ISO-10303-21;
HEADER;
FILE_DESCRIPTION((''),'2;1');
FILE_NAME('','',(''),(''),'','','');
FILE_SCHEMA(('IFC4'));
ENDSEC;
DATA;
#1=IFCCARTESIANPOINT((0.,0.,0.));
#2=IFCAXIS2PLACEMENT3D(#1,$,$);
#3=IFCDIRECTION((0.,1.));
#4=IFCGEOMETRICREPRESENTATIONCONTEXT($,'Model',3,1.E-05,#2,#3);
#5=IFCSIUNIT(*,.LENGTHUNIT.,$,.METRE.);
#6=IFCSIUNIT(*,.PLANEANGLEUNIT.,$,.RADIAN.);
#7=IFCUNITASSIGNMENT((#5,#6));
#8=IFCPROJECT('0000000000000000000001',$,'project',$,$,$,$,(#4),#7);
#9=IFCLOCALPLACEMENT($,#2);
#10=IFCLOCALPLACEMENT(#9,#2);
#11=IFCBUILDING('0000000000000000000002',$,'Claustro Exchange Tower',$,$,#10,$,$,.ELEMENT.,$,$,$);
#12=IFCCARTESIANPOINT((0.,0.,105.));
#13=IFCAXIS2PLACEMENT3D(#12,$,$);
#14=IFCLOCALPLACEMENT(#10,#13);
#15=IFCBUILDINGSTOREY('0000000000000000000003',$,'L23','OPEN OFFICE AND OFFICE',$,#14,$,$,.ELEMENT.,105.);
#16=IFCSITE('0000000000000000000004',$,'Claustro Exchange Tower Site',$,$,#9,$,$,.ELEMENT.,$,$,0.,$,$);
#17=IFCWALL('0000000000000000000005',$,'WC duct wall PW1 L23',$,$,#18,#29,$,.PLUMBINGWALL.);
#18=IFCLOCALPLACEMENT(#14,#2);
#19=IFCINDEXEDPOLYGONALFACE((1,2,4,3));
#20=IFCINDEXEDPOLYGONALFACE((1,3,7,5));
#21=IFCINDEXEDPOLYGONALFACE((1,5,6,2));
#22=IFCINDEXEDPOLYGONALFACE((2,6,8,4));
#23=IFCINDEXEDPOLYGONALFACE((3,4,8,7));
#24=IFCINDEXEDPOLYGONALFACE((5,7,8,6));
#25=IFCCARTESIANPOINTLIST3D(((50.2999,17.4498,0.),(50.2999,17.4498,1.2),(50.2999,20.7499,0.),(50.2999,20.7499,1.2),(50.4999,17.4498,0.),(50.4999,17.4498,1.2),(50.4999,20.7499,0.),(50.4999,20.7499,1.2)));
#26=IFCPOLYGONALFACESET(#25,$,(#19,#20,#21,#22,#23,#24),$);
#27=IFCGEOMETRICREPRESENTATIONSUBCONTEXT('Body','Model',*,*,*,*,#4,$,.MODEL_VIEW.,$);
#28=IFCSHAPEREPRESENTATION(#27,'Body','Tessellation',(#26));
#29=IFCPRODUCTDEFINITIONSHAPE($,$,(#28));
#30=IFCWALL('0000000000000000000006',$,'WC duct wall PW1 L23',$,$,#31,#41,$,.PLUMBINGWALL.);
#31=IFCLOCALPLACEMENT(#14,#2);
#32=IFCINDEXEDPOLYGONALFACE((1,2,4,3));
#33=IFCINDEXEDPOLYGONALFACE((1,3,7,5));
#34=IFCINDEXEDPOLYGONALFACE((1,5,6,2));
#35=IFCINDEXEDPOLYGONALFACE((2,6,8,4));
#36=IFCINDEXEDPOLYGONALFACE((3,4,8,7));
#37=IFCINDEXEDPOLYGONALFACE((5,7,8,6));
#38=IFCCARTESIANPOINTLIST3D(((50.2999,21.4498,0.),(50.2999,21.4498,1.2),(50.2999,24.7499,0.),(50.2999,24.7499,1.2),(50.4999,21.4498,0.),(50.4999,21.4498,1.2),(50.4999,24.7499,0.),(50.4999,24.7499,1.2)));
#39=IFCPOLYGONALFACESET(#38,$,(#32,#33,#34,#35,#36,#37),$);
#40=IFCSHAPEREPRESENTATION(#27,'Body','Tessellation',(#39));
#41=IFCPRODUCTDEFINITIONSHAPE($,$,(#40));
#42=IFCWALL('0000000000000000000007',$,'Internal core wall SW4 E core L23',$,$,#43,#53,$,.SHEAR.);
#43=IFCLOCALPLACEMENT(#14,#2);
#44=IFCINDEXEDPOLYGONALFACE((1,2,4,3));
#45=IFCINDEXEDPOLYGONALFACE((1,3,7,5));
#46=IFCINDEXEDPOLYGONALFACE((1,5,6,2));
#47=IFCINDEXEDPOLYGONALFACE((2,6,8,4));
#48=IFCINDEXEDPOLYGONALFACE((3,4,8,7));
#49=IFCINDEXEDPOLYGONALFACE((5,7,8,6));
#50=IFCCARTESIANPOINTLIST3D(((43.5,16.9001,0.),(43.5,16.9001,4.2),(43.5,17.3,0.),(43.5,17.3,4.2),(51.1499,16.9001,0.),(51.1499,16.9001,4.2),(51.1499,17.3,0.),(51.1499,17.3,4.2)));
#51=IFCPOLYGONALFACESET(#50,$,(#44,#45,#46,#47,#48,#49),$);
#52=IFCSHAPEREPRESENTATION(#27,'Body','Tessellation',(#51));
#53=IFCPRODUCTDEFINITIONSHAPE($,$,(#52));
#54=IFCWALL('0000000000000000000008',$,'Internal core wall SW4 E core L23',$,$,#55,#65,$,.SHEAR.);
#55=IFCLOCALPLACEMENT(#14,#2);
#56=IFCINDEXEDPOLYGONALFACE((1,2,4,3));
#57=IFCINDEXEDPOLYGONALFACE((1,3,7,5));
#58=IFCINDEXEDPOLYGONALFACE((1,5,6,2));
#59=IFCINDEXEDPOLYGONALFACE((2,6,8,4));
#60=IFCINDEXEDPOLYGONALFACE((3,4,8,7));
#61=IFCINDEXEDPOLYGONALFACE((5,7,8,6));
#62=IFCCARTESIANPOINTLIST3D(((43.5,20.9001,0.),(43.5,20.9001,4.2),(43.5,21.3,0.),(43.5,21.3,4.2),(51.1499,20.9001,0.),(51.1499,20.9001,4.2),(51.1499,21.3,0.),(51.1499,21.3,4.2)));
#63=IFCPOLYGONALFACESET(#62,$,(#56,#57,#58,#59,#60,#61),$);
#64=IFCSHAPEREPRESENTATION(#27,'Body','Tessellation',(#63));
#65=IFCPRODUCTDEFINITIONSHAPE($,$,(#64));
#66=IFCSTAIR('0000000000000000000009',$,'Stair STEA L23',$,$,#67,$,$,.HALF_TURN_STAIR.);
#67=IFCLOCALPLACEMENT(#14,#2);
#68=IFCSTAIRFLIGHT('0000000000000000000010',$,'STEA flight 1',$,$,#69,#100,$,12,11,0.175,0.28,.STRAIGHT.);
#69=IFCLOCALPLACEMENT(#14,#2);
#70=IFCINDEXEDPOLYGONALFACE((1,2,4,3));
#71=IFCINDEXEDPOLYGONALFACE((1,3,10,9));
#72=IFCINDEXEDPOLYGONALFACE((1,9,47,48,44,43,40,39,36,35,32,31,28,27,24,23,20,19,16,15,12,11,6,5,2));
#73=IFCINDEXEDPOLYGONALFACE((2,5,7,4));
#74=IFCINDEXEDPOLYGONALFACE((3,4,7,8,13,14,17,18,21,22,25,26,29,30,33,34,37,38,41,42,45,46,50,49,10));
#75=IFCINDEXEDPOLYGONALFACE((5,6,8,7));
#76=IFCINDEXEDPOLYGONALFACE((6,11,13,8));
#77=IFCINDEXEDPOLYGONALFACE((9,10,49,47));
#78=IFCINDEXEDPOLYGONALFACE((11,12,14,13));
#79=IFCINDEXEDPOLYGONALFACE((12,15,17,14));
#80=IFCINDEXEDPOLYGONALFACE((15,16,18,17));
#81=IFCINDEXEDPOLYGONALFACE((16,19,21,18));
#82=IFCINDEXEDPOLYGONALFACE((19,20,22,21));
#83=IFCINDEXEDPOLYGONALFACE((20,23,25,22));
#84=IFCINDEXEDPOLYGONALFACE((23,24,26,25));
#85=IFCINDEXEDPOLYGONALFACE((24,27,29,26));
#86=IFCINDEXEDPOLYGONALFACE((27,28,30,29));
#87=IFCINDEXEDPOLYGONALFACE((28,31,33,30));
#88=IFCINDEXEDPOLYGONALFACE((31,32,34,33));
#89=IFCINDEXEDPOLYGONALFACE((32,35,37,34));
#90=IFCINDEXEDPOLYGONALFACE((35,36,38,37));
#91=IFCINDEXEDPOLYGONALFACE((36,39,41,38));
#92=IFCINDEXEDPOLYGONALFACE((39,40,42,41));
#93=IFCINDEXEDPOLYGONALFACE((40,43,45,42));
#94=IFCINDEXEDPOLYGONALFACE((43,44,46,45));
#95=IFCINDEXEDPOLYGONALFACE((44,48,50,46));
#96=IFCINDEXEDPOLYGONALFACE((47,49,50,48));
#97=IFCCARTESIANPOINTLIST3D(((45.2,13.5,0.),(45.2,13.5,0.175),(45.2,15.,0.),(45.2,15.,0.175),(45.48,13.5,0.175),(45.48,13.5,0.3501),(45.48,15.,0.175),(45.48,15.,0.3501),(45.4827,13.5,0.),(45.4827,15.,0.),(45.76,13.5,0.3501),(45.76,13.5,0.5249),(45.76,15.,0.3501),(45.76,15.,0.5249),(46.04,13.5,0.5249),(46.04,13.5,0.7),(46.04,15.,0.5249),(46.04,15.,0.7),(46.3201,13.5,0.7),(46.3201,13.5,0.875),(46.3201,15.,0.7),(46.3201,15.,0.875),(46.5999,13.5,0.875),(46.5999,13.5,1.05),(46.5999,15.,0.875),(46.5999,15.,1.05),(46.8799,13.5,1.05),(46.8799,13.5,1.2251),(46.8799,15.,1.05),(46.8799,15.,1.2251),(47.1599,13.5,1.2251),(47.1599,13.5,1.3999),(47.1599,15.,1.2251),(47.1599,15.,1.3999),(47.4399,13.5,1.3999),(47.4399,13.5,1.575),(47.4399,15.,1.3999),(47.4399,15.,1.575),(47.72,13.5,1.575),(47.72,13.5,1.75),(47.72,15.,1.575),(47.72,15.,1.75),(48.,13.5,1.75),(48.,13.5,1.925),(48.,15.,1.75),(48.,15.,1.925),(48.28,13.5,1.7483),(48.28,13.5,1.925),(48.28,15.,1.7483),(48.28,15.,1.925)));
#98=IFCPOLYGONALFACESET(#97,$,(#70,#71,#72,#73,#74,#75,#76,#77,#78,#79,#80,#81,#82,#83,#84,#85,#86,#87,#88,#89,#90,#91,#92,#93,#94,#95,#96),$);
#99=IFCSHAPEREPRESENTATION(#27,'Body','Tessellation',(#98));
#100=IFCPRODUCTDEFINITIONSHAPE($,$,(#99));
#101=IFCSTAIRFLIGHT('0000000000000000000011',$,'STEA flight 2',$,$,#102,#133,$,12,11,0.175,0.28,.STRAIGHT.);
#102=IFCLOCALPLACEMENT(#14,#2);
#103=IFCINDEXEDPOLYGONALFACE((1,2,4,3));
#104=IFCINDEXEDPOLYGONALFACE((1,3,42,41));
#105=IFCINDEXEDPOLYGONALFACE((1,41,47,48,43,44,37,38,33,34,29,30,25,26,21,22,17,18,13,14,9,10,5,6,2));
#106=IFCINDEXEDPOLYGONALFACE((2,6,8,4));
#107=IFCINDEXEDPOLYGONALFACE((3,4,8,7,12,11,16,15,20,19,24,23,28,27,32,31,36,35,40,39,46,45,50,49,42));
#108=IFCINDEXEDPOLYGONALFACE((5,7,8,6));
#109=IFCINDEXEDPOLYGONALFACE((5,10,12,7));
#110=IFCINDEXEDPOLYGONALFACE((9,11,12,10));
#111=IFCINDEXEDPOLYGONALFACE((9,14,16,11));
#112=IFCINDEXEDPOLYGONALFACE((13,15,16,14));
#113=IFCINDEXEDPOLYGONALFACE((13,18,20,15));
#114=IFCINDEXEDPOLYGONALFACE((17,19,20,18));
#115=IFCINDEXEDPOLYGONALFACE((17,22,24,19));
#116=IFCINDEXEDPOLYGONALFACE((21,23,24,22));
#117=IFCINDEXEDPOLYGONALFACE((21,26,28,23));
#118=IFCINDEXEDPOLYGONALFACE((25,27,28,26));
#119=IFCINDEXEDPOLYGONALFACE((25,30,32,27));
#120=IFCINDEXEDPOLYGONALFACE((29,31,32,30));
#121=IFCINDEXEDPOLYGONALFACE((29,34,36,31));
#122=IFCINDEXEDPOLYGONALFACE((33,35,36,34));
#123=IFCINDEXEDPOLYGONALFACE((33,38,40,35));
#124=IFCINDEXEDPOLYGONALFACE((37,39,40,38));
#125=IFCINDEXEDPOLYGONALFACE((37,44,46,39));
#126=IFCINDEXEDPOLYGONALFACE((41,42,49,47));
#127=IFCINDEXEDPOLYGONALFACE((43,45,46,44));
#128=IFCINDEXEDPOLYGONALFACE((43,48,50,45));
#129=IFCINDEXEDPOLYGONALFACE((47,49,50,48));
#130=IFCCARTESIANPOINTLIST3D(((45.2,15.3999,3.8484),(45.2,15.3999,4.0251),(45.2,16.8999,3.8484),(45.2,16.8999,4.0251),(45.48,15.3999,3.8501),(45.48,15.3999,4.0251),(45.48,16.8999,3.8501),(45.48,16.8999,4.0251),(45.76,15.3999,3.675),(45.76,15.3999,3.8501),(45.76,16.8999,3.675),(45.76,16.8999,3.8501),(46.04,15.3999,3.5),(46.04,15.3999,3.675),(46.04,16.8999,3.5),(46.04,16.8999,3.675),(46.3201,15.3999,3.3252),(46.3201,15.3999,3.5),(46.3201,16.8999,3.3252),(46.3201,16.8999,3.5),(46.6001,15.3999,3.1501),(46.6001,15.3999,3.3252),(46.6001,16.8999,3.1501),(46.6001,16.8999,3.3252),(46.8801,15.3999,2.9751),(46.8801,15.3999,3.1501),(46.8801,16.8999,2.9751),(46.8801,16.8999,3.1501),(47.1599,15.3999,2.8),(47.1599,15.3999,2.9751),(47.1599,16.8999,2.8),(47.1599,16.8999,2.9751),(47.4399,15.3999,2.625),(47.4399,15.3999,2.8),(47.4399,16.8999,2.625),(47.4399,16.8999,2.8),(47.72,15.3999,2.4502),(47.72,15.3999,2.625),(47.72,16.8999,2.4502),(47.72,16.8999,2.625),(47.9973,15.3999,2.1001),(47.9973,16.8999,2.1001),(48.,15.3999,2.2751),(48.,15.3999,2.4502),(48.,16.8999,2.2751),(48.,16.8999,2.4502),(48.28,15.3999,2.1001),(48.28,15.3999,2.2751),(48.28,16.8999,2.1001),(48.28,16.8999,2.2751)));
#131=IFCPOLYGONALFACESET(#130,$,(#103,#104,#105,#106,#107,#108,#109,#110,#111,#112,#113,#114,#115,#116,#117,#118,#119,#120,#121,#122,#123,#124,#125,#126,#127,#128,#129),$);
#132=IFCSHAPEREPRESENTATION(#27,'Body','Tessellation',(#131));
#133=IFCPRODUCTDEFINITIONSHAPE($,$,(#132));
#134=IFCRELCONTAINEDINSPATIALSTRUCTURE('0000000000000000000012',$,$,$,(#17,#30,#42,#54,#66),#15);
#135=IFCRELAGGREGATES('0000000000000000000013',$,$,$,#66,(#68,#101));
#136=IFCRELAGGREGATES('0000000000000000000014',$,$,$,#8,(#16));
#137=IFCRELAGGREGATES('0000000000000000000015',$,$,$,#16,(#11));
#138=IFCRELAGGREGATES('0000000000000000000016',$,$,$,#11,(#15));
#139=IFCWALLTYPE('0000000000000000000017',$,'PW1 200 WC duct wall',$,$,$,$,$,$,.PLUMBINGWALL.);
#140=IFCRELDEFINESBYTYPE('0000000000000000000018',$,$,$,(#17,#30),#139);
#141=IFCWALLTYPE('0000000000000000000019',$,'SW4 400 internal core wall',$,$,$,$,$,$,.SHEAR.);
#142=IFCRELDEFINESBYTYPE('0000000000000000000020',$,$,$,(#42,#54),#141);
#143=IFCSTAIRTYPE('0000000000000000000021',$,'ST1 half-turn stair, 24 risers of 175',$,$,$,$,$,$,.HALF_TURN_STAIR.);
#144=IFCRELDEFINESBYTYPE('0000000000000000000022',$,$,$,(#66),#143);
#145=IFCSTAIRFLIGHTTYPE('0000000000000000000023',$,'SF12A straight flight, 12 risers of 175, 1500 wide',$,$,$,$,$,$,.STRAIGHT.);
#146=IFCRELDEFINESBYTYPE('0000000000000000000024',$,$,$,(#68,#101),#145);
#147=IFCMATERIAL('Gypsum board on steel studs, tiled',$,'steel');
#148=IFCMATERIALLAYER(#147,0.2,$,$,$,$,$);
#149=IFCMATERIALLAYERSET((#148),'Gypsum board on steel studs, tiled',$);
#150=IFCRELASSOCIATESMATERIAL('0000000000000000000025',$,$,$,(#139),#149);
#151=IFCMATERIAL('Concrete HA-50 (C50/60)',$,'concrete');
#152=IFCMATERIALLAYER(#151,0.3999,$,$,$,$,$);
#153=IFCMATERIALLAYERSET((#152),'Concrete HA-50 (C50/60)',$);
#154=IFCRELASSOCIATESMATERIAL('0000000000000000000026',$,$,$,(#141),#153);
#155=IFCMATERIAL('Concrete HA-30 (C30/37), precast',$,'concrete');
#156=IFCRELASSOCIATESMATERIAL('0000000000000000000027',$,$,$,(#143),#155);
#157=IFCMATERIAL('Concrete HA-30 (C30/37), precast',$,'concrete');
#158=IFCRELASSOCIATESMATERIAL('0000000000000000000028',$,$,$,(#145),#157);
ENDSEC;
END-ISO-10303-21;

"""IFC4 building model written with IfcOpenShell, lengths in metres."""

from ifc_helpers import new_model, si_unit, direction, frame, frame_2d, origin, place, context, subcontext, project, spatial, polyline, rectangle, outline, extrude, material, layer, layer_set, type_object, element, aggregate, save


model = new_model("IFC4")

# Units and contexts
model_context = context("Model", 3, precision=1e-05, world=origin(), true_north=direction((0.0, 1.0)))
body_context = subcontext(model_context, "Body", "Model", "MODEL_VIEW")
ifc_project = project(units=[si_unit("LENGTHUNIT", "METRE"), si_unit("PLANEANGLEUNIT", "RADIAN")], contexts=[model_context])

# Site, building, storey
site_placement = place(None, origin())
site = spatial("IfcSite", under=ifc_project, at=site_placement, Name="Claustro Exchange Tower Site", CompositionType="ELEMENT", RefElevation=0.0)
building_placement = place(site_placement, origin())
building = spatial("IfcBuilding", under=site, at=building_placement, Name="Claustro Exchange Tower", CompositionType="ELEMENT")
storey_placement = place(building_placement, frame((0.0, 0.0, 105.0)))
storey = spatial("IfcBuildingStorey", under=building, at=storey_placement, Name="L23", Description="OPEN OFFICE AND OFFICE", CompositionType="ELEMENT", Elevation=105.0)

# Walls
ifc_material_1 = material(Name="Gypsum board on steel studs, tiled", Category="steel")
ifc_layer_1 = layer(ifc_material_1, 0.2)
ifc_layer_set_1 = layer_set([ifc_layer_1], Name="Gypsum board on steel studs, tiled")
wall_type_1 = type_object("IfcWallType", Name="PW1 200 WC duct wall", PredefinedType="PLUMBINGWALL", material=ifc_layer_set_1)
for number, where, z_axis, x_axis, name in (
    (1, (50.3999, 17.45, 0.0), (0.0, 0.0, 1.0), (0.0, 1.0, 0.0), "WC duct wall PW1 L23"),
    (2, (50.3999, 21.45, 0.0), (0.0, 0.0, 1.0), (0.0, 1.0, 0.0), "WC duct wall PW1 L23"),
):
    element("IfcWall", number, at=place(storey_placement, frame(where, z_axis=z_axis, x_axis=x_axis)), inside=storey, type_object=wall_type_1, Name=name, PredefinedType="PLUMBINGWALL", context=body_context, shape_type="SweptSolid", body=[
        extrude(rectangle(XDim=3.3, YDim=0.2, at=frame_2d((1.6499, 0.0))), origin(), (0.0, 0.0, 1.0), 1.2),
    ])
ifc_material_2 = material(Name="Concrete HA-50 (C50/60)", Category="concrete")
ifc_layer_2 = layer(ifc_material_2, 0.3999)
ifc_layer_set_2 = layer_set([ifc_layer_2], Name="Concrete HA-50 (C50/60)")
wall_type_2 = type_object("IfcWallType", Name="SW4 400 internal core wall", PredefinedType="SHEAR", material=ifc_layer_set_2)
for number, where, z_axis, x_axis, name in (
    (3, (51.1499, 17.1001, 0.0), (0.0, 0.0, 1.0), (-1.0, 0.0, 0.0), "Internal core wall SW4 E core L23"),
    (4, (51.1499, 21.1001, 0.0), (0.0, 0.0, 1.0), (-1.0, 0.0, 0.0), "Internal core wall SW4 E core L23"),
):
    element("IfcWall", number, at=place(storey_placement, frame(where, z_axis=z_axis, x_axis=x_axis)), inside=storey, type_object=wall_type_2, Name=name, PredefinedType="SHEAR", context=body_context, shape_type="SweptSolid", body=[
        extrude(rectangle(XDim=7.6499, YDim=0.3999, at=frame_2d((3.825, 0.0))), origin(), (0.0, 0.0, 1.0), 4.2),
    ])

# Stair, stair flights
ifc_material_3 = material(Name="Concrete HA-30 (C30/37), precast", Category="concrete")
stair_type = type_object("IfcStairType", Name="ST1 half-turn stair, 24 risers of 175", PredefinedType="HALF_TURN_STAIR", material=ifc_material_3)
stair_placement = place(storey_placement, origin())
stair = element("IfcStair", 5, at=stair_placement, inside=storey, type_object=stair_type, Name="Stair STEA L23", PredefinedType="HALF_TURN_STAIR")
ifc_material_4 = material(Name="Concrete HA-30 (C30/37), precast", Category="concrete")
stair_flight_type = type_object("IfcStairFlightType", Name="SF12A straight flight, 12 risers of 175, 1500 wide", PredefinedType="STRAIGHT", material=ifc_material_4)
stair_flight_1_placement = place(storey_placement, frame((45.2, 14.25, 0.0), z_axis=(0.0, 0.0, 1.0), x_axis=(1.0, 0.0, 0.0)))
stair_flight_1 = element("IfcStairFlight", 6, at=stair_flight_1_placement, type_object=stair_flight_type, Name="STEA flight 1", NumberOfRisers=12, NumberOfTreads=11, PredefinedType="STRAIGHT", RiserHeight=0.175, TreadLength=0.28, context=body_context, shape_type="SweptSolid", body=[
    extrude(outline(polyline([(0.0, 0.0), (0.0, 0.175), (0.28, 0.175), (0.28, 0.3501), (0.5601, 0.3501), (0.5601, 0.5249), (0.8401, 0.5249), (0.8401, 0.7), (1.1201, 0.7), (1.1201, 0.875), (1.3999, 0.875), (1.3999, 1.05), (1.6799, 1.05), (1.6799, 1.2251), (1.96, 1.2251), (1.96, 1.3999), (2.24, 1.3999), (2.24, 1.575), (2.52, 1.575), (2.52, 1.75), (2.8, 1.75), (2.8, 1.925), (3.0801, 1.925), (3.0801, 2.1001), (3.0801, 1.7483), (0.2827, 0.0), (0.0, 0.0)])), frame((0.0, 0.75, 0.0), z_axis=(0.0, -1.0, 0.0), x_axis=(1.0, 0.0, 0.0)), (0.0, 0.0, 1.0), 1.5),
])
stair_flight_2_placement = place(storey_placement, frame((48.28, 16.1499, 2.1001), z_axis=(0.0, 0.0, 1.0), x_axis=(-1.0, 0.0, 0.0)))
stair_flight_2 = element("IfcStairFlight", 7, at=stair_flight_2_placement, type_object=stair_flight_type, Name="STEA flight 2", NumberOfRisers=12, NumberOfTreads=11, PredefinedType="STRAIGHT", RiserHeight=0.175, TreadLength=0.28, context=body_context, shape_type="SweptSolid", body=[
    extrude(outline(polyline([(0.0, 0.0), (0.0, 0.175), (0.28, 0.175), (0.28, 0.3501), (0.5601, 0.3501), (0.5601, 0.5249), (0.8401, 0.5249), (0.8401, 0.7), (1.1201, 0.7), (1.1201, 0.875), (1.3999, 0.875), (1.3999, 1.05), (1.6799, 1.05), (1.6799, 1.2251), (1.96, 1.2251), (1.96, 1.3999), (2.24, 1.3999), (2.24, 1.575), (2.52, 1.575), (2.52, 1.75), (2.8, 1.75), (2.8, 1.925), (3.0801, 1.925), (3.0801, 2.1001), (3.0801, 1.7483), (0.2827, 0.0), (0.0, 0.0)])), frame((0.0, 0.75, 0.0), z_axis=(0.0, -1.0, 0.0), x_axis=(1.0, 0.0, 0.0)), (0.0, 0.0, 1.0), 1.5),
])
aggregate(stair, [stair_flight_1, stair_flight_2])

save(model, "model.ifc")
